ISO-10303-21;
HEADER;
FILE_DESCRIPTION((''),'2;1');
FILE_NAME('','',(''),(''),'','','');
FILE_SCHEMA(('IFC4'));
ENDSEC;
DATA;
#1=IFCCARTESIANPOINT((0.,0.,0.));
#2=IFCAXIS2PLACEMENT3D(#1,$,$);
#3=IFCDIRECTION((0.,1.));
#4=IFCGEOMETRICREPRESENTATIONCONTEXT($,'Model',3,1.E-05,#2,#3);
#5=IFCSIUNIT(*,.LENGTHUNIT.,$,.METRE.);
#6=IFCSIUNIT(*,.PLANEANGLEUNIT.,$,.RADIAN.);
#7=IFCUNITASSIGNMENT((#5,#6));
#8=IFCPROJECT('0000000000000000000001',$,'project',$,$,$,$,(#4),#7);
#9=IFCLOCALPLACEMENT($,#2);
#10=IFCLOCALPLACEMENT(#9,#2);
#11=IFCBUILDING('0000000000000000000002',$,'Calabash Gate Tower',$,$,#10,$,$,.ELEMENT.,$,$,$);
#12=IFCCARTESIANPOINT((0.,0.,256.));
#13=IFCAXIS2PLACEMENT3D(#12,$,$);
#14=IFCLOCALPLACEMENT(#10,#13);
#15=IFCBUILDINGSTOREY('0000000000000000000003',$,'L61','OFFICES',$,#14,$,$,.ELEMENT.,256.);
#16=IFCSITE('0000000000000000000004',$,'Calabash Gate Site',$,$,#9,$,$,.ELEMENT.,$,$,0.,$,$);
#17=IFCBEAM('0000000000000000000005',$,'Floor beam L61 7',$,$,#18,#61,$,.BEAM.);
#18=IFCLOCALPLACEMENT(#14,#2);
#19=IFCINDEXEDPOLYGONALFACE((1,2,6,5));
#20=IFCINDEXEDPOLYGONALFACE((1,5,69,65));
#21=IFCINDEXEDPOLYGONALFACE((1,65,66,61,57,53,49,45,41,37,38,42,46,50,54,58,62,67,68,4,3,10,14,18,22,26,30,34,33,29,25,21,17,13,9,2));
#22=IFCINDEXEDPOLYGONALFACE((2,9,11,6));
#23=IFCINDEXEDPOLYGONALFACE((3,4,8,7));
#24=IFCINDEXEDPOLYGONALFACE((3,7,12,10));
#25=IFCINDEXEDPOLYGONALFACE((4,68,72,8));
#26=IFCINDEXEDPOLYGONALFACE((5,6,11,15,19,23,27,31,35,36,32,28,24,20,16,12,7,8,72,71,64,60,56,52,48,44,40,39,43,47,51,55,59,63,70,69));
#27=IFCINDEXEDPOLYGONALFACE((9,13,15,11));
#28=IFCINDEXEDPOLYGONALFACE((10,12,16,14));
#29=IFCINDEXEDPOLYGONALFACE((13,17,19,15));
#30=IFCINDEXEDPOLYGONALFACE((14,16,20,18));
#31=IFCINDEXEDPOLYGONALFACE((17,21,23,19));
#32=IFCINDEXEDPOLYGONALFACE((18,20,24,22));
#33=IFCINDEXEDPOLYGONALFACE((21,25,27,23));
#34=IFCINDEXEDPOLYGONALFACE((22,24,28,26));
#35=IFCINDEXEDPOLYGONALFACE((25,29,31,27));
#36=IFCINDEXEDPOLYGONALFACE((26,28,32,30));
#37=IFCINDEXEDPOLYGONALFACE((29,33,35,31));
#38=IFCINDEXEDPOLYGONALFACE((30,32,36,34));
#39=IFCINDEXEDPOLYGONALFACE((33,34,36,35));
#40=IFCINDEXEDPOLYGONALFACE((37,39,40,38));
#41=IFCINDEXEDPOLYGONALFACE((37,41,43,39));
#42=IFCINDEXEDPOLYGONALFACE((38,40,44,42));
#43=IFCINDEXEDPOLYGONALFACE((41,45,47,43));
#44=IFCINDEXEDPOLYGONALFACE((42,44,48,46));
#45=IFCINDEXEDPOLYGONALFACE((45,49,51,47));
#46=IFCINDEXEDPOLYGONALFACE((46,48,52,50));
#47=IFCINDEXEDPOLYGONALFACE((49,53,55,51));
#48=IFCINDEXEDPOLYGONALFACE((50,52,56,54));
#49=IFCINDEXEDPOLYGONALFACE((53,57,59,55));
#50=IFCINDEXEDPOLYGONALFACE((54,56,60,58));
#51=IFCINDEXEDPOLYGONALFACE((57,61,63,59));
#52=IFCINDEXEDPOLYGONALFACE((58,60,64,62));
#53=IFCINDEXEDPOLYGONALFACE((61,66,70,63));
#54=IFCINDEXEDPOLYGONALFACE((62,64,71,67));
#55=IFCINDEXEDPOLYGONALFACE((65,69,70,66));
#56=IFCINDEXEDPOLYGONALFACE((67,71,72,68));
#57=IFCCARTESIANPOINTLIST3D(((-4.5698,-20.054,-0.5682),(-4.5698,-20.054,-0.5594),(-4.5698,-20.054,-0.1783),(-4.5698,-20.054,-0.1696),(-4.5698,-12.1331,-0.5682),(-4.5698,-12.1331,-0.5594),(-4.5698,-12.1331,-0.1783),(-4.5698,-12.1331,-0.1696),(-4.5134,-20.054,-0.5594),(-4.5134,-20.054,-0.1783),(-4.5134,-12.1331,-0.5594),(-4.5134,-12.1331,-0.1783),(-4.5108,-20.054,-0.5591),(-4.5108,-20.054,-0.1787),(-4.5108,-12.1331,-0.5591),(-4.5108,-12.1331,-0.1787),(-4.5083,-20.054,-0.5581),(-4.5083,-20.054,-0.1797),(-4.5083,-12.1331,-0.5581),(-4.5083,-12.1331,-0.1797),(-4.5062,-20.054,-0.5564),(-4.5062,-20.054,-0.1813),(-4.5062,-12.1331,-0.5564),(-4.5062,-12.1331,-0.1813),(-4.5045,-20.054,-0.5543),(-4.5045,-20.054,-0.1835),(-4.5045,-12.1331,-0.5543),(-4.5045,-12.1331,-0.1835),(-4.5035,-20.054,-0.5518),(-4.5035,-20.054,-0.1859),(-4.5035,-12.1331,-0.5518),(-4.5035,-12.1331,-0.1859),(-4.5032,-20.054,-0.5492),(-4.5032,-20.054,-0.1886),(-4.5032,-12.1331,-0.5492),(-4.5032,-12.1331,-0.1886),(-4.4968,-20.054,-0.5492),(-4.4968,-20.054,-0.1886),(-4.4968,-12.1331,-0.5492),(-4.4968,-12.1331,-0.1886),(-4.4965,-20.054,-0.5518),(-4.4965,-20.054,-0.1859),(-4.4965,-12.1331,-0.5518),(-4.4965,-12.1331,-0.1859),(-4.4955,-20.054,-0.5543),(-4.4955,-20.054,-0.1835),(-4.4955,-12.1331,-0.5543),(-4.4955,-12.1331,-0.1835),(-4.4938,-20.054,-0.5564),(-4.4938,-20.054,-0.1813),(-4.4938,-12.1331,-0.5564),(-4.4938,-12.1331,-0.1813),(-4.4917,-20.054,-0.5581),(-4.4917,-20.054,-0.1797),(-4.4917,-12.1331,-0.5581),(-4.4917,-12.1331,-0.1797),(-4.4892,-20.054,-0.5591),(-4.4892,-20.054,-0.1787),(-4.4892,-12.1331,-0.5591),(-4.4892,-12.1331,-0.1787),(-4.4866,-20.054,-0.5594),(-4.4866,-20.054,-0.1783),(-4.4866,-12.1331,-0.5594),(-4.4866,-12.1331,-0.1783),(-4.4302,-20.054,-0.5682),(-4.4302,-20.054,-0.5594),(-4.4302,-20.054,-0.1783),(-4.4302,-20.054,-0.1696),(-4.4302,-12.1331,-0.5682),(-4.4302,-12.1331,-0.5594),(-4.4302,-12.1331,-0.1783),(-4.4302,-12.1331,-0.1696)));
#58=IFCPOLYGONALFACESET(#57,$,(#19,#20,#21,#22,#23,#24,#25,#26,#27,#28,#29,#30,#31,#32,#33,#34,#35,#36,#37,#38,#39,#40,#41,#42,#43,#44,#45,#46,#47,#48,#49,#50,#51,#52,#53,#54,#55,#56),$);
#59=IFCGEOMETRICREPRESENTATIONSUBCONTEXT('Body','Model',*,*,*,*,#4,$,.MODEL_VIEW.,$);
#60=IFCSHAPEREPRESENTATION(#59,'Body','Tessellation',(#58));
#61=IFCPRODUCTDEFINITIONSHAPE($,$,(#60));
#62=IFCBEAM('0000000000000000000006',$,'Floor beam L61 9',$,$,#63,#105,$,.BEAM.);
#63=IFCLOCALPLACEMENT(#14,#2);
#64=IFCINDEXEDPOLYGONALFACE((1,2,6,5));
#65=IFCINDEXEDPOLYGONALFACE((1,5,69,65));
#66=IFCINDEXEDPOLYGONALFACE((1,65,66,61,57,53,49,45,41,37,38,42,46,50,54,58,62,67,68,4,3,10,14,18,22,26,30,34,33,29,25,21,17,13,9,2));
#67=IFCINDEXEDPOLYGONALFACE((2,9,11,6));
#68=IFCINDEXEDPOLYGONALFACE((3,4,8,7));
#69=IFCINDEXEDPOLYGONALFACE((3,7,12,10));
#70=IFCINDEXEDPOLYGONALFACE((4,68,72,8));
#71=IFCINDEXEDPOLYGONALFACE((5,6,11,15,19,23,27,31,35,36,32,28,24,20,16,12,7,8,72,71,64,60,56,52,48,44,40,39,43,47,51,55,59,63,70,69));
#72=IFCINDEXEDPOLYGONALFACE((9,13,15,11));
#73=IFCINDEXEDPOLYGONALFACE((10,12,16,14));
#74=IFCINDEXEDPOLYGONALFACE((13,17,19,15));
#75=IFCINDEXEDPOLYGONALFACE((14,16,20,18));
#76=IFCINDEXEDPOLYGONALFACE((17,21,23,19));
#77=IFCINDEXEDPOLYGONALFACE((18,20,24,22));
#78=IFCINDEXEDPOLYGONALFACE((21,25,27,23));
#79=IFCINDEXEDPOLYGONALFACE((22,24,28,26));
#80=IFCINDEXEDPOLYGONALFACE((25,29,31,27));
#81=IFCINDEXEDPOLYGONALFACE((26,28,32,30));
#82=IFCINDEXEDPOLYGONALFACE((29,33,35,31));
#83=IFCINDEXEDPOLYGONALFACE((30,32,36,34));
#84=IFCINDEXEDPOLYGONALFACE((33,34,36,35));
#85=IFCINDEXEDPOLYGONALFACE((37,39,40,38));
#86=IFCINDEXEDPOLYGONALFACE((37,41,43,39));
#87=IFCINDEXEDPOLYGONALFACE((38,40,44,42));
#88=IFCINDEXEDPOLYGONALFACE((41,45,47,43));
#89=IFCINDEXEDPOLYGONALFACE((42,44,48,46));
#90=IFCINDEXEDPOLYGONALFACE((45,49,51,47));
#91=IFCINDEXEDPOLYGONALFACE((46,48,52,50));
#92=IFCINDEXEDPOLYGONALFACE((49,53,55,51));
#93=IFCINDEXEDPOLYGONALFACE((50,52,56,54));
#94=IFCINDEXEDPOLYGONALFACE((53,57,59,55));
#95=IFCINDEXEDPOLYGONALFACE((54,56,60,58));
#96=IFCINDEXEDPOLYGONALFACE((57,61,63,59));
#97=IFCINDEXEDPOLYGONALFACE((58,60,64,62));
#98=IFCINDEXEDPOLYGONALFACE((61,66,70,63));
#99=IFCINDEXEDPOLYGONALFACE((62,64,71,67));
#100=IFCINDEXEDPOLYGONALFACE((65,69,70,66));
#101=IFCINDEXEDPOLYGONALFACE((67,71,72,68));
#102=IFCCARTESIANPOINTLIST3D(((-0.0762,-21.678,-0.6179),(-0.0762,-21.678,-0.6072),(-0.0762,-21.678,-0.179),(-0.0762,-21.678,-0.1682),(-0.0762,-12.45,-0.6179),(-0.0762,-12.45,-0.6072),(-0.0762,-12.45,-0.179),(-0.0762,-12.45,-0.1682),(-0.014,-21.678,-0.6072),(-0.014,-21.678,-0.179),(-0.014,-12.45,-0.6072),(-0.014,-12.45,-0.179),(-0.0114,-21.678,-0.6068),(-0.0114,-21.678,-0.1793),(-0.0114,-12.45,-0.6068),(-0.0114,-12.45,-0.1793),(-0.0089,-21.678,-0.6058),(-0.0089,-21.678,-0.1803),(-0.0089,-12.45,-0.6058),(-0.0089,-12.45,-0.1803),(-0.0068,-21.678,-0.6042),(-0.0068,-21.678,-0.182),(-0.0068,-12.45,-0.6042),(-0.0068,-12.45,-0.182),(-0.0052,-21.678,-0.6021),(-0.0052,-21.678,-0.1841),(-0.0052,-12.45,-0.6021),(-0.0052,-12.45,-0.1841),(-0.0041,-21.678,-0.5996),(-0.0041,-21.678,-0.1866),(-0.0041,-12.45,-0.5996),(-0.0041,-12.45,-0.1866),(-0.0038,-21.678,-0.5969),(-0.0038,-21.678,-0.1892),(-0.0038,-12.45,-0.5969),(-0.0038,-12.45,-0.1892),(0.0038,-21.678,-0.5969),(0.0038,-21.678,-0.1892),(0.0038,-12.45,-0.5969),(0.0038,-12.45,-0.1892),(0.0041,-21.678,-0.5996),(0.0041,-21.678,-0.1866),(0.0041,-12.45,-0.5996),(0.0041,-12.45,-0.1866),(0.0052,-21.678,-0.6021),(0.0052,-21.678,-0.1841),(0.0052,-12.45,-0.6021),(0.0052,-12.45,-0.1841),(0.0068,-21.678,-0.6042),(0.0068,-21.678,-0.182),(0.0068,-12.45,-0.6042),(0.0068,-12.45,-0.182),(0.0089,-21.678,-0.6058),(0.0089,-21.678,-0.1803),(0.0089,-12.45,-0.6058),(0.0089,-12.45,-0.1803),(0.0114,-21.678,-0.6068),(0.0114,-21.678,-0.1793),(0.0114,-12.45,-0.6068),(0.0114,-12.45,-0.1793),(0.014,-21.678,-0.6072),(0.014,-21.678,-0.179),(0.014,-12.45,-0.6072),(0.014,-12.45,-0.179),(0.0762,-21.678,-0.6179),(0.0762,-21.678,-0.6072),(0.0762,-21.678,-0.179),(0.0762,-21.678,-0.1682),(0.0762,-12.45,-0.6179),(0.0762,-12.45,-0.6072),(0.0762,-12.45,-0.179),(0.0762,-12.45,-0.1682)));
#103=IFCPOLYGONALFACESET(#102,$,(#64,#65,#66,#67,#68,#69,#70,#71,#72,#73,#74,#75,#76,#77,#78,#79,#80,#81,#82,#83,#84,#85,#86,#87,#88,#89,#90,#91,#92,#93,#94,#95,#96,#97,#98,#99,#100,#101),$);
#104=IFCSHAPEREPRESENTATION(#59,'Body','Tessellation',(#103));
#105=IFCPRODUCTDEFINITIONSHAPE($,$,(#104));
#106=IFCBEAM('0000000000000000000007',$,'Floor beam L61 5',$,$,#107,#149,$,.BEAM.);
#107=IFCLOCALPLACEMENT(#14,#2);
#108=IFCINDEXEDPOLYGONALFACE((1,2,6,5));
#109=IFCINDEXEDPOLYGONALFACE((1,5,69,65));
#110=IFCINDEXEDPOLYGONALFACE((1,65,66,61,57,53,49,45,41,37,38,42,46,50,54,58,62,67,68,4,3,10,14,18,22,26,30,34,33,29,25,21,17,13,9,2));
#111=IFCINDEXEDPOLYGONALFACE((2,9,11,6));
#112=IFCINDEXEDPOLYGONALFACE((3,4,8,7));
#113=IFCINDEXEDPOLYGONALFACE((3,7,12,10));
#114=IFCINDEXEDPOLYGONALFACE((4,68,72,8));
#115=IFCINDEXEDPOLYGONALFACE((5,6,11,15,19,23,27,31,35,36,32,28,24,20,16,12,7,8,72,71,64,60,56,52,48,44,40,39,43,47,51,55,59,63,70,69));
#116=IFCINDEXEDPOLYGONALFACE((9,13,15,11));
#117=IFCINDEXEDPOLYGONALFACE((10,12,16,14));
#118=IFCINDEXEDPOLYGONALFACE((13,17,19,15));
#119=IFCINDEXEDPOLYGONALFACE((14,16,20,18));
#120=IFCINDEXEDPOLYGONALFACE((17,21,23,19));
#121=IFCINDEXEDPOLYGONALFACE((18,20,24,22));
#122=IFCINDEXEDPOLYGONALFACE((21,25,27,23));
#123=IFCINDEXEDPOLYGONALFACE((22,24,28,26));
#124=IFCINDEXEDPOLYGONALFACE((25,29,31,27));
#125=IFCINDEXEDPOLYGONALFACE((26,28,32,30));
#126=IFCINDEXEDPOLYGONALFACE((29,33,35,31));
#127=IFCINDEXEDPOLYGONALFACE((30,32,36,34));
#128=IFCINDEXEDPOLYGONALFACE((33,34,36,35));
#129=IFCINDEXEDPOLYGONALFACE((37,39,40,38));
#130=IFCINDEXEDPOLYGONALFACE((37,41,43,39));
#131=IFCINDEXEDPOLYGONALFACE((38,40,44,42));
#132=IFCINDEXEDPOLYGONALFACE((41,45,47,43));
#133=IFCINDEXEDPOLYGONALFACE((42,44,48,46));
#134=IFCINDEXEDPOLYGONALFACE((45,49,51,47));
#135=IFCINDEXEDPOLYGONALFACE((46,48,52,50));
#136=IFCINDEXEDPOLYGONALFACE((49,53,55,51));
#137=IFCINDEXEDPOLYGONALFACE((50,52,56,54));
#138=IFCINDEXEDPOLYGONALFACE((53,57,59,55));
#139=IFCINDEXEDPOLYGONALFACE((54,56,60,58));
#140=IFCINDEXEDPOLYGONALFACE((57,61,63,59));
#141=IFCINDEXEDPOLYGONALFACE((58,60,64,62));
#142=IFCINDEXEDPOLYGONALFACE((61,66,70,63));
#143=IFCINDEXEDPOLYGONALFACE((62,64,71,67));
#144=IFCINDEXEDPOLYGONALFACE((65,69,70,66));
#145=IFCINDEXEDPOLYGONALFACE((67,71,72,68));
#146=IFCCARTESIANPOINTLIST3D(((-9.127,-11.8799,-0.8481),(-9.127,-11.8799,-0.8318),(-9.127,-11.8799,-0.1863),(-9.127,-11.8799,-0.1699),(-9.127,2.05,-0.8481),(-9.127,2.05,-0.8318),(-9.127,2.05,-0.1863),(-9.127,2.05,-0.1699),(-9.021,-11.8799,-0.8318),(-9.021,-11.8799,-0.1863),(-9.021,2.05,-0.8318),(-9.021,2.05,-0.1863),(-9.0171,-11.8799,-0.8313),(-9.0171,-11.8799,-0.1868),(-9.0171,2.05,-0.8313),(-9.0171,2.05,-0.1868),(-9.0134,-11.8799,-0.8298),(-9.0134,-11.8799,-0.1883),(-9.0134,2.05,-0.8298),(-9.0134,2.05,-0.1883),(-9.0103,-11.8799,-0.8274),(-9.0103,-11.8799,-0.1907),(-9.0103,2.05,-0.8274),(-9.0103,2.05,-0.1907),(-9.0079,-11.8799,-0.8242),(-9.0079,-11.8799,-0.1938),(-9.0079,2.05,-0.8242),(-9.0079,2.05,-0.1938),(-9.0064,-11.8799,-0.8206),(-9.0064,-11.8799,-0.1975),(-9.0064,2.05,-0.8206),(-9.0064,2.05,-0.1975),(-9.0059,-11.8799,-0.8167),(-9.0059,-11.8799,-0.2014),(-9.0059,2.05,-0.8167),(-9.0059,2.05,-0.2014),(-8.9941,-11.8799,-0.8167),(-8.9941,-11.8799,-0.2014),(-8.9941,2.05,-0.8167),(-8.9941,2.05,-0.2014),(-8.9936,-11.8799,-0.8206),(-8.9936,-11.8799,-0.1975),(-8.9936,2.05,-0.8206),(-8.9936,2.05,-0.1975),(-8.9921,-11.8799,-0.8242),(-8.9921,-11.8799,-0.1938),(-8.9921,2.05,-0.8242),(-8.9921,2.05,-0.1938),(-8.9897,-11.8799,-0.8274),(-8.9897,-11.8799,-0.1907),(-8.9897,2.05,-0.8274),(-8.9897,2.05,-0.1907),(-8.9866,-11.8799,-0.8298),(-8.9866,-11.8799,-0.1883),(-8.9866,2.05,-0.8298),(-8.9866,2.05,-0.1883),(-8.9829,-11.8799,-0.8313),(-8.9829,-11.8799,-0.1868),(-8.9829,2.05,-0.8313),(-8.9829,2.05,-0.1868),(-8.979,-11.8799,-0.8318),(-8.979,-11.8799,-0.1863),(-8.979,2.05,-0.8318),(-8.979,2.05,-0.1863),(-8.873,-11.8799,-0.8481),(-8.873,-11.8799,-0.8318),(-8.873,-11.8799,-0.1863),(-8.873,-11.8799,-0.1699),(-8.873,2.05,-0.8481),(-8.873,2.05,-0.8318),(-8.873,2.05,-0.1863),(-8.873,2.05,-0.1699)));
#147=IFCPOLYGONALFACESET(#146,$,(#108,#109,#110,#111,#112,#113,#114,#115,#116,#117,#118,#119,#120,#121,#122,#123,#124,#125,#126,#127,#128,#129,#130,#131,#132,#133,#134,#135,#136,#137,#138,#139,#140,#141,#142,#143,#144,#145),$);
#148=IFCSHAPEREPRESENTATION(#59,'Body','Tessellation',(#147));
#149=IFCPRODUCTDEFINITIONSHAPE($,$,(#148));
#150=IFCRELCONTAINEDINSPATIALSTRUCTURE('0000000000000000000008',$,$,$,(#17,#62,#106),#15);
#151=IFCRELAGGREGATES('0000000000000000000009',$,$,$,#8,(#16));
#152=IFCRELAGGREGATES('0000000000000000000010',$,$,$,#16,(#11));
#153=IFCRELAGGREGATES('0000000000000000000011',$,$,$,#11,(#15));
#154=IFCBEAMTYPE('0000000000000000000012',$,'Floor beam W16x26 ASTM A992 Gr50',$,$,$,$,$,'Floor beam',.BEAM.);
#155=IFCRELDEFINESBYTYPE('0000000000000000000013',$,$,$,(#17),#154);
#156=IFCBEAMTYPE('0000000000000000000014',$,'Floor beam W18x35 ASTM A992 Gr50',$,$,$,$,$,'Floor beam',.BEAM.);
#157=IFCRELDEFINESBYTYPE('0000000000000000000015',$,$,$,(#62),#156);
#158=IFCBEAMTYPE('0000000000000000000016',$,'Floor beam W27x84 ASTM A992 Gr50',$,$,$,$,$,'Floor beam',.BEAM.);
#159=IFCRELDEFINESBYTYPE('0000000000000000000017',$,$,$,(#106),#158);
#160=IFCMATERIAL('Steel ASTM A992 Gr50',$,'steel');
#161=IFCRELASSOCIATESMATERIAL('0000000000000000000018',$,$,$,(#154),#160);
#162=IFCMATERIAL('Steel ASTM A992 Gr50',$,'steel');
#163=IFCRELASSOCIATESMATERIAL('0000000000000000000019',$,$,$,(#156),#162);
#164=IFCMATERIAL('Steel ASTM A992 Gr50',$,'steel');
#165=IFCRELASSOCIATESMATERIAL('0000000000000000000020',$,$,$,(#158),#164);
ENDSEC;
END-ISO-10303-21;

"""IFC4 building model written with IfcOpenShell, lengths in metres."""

from ifc_helpers import new_model, si_unit, direction, frame, origin, origin_2d, place, context, subcontext, project, spatial, i_section, extrude, material, material_profile, profile_set, type_object, element, save


model = new_model("IFC4")

# Units and contexts
model_context = context("Model", 3, precision=1e-05, world=origin(), true_north=direction((0.0, 1.0)))
body_context = subcontext(model_context, "Body", "Model", "MODEL_VIEW")
ifc_project = project(units=[si_unit("LENGTHUNIT", "METRE"), si_unit("PLANEANGLEUNIT", "RADIAN")], contexts=[model_context])

# Site, building, storey
site_placement = place(None, origin())
site = spatial("IfcSite", under=ifc_project, at=site_placement, Name="Calabash Gate Site", CompositionType="ELEMENT", RefElevation=0.0)
building_placement = place(site_placement, origin())
building = spatial("IfcBuilding", under=site, at=building_placement, Name="Calabash Gate Tower", CompositionType="ELEMENT")
storey_placement = place(building_placement, frame((0.0, 0.0, 256.0)))
storey = spatial("IfcBuildingStorey", under=building, at=storey_placement, Name="L61", Description="OFFICES", CompositionType="ELEMENT", Elevation=256.0)

# Beams
ifc_material_1 = material(Name="Steel ASTM A992 Gr50", Category="steel")
ifc_material_profile_1 = material_profile(ifc_material_1, i_section(OverallWidth=0.1396, OverallDepth=0.3987, WebThickness=0.0063, FlangeThickness=0.0088, FilletRadius=0.0103, at=origin_2d()))
ifc_profile_set_1 = profile_set([ifc_material_profile_1], Name="Steel ASTM A992 Gr50")
beam_type_1 = type_object("IfcBeamType", Name="Floor beam W16x26 ASTM A992 Gr50", ElementType="Floor beam", PredefinedType="BEAM", material=ifc_profile_set_1)
beam_1_placement = place(storey_placement, frame((-4.5, -20.054, -0.3689), z_axis=(0.0, 1.0, 0.0), x_axis=(-1.0, 0.0, 0.0)))
element("IfcBeam", 1, at=beam_1_placement, inside=storey, type_object=beam_type_1, Name="Floor beam L61 7", PredefinedType="BEAM", context=body_context, shape_type="SweptSolid", body=[
    extrude(i_section(OverallWidth=0.1396, OverallDepth=0.3987, WebThickness=0.0063, FlangeThickness=0.0088, FilletRadius=0.0103, at=origin_2d()), origin(), (0.0, 0.0, 1.0), 7.9209),
])
ifc_material_2 = material(Name="Steel ASTM A992 Gr50", Category="steel")
ifc_material_profile_2 = material_profile(ifc_material_2, i_section(OverallWidth=0.1523, OverallDepth=0.4497, WebThickness=0.0076, FlangeThickness=0.0107, FilletRadius=0.0103, at=origin_2d()))
ifc_profile_set_2 = profile_set([ifc_material_profile_2], Name="Steel ASTM A992 Gr50")
beam_type_2 = type_object("IfcBeamType", Name="Floor beam W18x35 ASTM A992 Gr50", ElementType="Floor beam", PredefinedType="BEAM", material=ifc_profile_set_2)
beam_2_placement = place(storey_placement, frame((0.0, -21.678, -0.3931), z_axis=(0.0, 1.0, 0.0), x_axis=(-1.0, 0.0, 0.0)))
element("IfcBeam", 2, at=beam_2_placement, inside=storey, type_object=beam_type_2, Name="Floor beam L61 9", PredefinedType="BEAM", context=body_context, shape_type="SweptSolid", body=[
    extrude(i_section(OverallWidth=0.1523, OverallDepth=0.4497, WebThickness=0.0076, FlangeThickness=0.0107, FilletRadius=0.0103, at=origin_2d()), origin(), (0.0, 0.0, 1.0), 9.228),
])
ifc_material_3 = material(Name="Steel ASTM A992 Gr50", Category="steel")
ifc_material_profile_3 = material_profile(ifc_material_3, i_section(OverallWidth=0.2539, OverallDepth=0.6782, WebThickness=0.0117, FlangeThickness=0.0164, FilletRadius=0.0151, at=origin_2d()))
ifc_profile_set_3 = profile_set([ifc_material_profile_3], Name="Steel ASTM A992 Gr50")
beam_type_3 = type_object("IfcBeamType", Name="Floor beam W27x84 ASTM A992 Gr50", ElementType="Floor beam", PredefinedType="BEAM", material=ifc_profile_set_3)
beam_3_placement = place(storey_placement, frame((-9.0, -11.8799, -0.509), z_axis=(0.0, 1.0, 0.0), x_axis=(-1.0, 0.0, 0.0)))
element("IfcBeam", 3, at=beam_3_placement, inside=storey, type_object=beam_type_3, Name="Floor beam L61 5", PredefinedType="BEAM", context=body_context, shape_type="SweptSolid", body=[
    extrude(i_section(OverallWidth=0.2539, OverallDepth=0.6782, WebThickness=0.0117, FlangeThickness=0.0164, FilletRadius=0.0151, at=origin_2d()), origin(), (0.0, 0.0, 1.0), 13.9299),
])

save(model, "model.ifc")
